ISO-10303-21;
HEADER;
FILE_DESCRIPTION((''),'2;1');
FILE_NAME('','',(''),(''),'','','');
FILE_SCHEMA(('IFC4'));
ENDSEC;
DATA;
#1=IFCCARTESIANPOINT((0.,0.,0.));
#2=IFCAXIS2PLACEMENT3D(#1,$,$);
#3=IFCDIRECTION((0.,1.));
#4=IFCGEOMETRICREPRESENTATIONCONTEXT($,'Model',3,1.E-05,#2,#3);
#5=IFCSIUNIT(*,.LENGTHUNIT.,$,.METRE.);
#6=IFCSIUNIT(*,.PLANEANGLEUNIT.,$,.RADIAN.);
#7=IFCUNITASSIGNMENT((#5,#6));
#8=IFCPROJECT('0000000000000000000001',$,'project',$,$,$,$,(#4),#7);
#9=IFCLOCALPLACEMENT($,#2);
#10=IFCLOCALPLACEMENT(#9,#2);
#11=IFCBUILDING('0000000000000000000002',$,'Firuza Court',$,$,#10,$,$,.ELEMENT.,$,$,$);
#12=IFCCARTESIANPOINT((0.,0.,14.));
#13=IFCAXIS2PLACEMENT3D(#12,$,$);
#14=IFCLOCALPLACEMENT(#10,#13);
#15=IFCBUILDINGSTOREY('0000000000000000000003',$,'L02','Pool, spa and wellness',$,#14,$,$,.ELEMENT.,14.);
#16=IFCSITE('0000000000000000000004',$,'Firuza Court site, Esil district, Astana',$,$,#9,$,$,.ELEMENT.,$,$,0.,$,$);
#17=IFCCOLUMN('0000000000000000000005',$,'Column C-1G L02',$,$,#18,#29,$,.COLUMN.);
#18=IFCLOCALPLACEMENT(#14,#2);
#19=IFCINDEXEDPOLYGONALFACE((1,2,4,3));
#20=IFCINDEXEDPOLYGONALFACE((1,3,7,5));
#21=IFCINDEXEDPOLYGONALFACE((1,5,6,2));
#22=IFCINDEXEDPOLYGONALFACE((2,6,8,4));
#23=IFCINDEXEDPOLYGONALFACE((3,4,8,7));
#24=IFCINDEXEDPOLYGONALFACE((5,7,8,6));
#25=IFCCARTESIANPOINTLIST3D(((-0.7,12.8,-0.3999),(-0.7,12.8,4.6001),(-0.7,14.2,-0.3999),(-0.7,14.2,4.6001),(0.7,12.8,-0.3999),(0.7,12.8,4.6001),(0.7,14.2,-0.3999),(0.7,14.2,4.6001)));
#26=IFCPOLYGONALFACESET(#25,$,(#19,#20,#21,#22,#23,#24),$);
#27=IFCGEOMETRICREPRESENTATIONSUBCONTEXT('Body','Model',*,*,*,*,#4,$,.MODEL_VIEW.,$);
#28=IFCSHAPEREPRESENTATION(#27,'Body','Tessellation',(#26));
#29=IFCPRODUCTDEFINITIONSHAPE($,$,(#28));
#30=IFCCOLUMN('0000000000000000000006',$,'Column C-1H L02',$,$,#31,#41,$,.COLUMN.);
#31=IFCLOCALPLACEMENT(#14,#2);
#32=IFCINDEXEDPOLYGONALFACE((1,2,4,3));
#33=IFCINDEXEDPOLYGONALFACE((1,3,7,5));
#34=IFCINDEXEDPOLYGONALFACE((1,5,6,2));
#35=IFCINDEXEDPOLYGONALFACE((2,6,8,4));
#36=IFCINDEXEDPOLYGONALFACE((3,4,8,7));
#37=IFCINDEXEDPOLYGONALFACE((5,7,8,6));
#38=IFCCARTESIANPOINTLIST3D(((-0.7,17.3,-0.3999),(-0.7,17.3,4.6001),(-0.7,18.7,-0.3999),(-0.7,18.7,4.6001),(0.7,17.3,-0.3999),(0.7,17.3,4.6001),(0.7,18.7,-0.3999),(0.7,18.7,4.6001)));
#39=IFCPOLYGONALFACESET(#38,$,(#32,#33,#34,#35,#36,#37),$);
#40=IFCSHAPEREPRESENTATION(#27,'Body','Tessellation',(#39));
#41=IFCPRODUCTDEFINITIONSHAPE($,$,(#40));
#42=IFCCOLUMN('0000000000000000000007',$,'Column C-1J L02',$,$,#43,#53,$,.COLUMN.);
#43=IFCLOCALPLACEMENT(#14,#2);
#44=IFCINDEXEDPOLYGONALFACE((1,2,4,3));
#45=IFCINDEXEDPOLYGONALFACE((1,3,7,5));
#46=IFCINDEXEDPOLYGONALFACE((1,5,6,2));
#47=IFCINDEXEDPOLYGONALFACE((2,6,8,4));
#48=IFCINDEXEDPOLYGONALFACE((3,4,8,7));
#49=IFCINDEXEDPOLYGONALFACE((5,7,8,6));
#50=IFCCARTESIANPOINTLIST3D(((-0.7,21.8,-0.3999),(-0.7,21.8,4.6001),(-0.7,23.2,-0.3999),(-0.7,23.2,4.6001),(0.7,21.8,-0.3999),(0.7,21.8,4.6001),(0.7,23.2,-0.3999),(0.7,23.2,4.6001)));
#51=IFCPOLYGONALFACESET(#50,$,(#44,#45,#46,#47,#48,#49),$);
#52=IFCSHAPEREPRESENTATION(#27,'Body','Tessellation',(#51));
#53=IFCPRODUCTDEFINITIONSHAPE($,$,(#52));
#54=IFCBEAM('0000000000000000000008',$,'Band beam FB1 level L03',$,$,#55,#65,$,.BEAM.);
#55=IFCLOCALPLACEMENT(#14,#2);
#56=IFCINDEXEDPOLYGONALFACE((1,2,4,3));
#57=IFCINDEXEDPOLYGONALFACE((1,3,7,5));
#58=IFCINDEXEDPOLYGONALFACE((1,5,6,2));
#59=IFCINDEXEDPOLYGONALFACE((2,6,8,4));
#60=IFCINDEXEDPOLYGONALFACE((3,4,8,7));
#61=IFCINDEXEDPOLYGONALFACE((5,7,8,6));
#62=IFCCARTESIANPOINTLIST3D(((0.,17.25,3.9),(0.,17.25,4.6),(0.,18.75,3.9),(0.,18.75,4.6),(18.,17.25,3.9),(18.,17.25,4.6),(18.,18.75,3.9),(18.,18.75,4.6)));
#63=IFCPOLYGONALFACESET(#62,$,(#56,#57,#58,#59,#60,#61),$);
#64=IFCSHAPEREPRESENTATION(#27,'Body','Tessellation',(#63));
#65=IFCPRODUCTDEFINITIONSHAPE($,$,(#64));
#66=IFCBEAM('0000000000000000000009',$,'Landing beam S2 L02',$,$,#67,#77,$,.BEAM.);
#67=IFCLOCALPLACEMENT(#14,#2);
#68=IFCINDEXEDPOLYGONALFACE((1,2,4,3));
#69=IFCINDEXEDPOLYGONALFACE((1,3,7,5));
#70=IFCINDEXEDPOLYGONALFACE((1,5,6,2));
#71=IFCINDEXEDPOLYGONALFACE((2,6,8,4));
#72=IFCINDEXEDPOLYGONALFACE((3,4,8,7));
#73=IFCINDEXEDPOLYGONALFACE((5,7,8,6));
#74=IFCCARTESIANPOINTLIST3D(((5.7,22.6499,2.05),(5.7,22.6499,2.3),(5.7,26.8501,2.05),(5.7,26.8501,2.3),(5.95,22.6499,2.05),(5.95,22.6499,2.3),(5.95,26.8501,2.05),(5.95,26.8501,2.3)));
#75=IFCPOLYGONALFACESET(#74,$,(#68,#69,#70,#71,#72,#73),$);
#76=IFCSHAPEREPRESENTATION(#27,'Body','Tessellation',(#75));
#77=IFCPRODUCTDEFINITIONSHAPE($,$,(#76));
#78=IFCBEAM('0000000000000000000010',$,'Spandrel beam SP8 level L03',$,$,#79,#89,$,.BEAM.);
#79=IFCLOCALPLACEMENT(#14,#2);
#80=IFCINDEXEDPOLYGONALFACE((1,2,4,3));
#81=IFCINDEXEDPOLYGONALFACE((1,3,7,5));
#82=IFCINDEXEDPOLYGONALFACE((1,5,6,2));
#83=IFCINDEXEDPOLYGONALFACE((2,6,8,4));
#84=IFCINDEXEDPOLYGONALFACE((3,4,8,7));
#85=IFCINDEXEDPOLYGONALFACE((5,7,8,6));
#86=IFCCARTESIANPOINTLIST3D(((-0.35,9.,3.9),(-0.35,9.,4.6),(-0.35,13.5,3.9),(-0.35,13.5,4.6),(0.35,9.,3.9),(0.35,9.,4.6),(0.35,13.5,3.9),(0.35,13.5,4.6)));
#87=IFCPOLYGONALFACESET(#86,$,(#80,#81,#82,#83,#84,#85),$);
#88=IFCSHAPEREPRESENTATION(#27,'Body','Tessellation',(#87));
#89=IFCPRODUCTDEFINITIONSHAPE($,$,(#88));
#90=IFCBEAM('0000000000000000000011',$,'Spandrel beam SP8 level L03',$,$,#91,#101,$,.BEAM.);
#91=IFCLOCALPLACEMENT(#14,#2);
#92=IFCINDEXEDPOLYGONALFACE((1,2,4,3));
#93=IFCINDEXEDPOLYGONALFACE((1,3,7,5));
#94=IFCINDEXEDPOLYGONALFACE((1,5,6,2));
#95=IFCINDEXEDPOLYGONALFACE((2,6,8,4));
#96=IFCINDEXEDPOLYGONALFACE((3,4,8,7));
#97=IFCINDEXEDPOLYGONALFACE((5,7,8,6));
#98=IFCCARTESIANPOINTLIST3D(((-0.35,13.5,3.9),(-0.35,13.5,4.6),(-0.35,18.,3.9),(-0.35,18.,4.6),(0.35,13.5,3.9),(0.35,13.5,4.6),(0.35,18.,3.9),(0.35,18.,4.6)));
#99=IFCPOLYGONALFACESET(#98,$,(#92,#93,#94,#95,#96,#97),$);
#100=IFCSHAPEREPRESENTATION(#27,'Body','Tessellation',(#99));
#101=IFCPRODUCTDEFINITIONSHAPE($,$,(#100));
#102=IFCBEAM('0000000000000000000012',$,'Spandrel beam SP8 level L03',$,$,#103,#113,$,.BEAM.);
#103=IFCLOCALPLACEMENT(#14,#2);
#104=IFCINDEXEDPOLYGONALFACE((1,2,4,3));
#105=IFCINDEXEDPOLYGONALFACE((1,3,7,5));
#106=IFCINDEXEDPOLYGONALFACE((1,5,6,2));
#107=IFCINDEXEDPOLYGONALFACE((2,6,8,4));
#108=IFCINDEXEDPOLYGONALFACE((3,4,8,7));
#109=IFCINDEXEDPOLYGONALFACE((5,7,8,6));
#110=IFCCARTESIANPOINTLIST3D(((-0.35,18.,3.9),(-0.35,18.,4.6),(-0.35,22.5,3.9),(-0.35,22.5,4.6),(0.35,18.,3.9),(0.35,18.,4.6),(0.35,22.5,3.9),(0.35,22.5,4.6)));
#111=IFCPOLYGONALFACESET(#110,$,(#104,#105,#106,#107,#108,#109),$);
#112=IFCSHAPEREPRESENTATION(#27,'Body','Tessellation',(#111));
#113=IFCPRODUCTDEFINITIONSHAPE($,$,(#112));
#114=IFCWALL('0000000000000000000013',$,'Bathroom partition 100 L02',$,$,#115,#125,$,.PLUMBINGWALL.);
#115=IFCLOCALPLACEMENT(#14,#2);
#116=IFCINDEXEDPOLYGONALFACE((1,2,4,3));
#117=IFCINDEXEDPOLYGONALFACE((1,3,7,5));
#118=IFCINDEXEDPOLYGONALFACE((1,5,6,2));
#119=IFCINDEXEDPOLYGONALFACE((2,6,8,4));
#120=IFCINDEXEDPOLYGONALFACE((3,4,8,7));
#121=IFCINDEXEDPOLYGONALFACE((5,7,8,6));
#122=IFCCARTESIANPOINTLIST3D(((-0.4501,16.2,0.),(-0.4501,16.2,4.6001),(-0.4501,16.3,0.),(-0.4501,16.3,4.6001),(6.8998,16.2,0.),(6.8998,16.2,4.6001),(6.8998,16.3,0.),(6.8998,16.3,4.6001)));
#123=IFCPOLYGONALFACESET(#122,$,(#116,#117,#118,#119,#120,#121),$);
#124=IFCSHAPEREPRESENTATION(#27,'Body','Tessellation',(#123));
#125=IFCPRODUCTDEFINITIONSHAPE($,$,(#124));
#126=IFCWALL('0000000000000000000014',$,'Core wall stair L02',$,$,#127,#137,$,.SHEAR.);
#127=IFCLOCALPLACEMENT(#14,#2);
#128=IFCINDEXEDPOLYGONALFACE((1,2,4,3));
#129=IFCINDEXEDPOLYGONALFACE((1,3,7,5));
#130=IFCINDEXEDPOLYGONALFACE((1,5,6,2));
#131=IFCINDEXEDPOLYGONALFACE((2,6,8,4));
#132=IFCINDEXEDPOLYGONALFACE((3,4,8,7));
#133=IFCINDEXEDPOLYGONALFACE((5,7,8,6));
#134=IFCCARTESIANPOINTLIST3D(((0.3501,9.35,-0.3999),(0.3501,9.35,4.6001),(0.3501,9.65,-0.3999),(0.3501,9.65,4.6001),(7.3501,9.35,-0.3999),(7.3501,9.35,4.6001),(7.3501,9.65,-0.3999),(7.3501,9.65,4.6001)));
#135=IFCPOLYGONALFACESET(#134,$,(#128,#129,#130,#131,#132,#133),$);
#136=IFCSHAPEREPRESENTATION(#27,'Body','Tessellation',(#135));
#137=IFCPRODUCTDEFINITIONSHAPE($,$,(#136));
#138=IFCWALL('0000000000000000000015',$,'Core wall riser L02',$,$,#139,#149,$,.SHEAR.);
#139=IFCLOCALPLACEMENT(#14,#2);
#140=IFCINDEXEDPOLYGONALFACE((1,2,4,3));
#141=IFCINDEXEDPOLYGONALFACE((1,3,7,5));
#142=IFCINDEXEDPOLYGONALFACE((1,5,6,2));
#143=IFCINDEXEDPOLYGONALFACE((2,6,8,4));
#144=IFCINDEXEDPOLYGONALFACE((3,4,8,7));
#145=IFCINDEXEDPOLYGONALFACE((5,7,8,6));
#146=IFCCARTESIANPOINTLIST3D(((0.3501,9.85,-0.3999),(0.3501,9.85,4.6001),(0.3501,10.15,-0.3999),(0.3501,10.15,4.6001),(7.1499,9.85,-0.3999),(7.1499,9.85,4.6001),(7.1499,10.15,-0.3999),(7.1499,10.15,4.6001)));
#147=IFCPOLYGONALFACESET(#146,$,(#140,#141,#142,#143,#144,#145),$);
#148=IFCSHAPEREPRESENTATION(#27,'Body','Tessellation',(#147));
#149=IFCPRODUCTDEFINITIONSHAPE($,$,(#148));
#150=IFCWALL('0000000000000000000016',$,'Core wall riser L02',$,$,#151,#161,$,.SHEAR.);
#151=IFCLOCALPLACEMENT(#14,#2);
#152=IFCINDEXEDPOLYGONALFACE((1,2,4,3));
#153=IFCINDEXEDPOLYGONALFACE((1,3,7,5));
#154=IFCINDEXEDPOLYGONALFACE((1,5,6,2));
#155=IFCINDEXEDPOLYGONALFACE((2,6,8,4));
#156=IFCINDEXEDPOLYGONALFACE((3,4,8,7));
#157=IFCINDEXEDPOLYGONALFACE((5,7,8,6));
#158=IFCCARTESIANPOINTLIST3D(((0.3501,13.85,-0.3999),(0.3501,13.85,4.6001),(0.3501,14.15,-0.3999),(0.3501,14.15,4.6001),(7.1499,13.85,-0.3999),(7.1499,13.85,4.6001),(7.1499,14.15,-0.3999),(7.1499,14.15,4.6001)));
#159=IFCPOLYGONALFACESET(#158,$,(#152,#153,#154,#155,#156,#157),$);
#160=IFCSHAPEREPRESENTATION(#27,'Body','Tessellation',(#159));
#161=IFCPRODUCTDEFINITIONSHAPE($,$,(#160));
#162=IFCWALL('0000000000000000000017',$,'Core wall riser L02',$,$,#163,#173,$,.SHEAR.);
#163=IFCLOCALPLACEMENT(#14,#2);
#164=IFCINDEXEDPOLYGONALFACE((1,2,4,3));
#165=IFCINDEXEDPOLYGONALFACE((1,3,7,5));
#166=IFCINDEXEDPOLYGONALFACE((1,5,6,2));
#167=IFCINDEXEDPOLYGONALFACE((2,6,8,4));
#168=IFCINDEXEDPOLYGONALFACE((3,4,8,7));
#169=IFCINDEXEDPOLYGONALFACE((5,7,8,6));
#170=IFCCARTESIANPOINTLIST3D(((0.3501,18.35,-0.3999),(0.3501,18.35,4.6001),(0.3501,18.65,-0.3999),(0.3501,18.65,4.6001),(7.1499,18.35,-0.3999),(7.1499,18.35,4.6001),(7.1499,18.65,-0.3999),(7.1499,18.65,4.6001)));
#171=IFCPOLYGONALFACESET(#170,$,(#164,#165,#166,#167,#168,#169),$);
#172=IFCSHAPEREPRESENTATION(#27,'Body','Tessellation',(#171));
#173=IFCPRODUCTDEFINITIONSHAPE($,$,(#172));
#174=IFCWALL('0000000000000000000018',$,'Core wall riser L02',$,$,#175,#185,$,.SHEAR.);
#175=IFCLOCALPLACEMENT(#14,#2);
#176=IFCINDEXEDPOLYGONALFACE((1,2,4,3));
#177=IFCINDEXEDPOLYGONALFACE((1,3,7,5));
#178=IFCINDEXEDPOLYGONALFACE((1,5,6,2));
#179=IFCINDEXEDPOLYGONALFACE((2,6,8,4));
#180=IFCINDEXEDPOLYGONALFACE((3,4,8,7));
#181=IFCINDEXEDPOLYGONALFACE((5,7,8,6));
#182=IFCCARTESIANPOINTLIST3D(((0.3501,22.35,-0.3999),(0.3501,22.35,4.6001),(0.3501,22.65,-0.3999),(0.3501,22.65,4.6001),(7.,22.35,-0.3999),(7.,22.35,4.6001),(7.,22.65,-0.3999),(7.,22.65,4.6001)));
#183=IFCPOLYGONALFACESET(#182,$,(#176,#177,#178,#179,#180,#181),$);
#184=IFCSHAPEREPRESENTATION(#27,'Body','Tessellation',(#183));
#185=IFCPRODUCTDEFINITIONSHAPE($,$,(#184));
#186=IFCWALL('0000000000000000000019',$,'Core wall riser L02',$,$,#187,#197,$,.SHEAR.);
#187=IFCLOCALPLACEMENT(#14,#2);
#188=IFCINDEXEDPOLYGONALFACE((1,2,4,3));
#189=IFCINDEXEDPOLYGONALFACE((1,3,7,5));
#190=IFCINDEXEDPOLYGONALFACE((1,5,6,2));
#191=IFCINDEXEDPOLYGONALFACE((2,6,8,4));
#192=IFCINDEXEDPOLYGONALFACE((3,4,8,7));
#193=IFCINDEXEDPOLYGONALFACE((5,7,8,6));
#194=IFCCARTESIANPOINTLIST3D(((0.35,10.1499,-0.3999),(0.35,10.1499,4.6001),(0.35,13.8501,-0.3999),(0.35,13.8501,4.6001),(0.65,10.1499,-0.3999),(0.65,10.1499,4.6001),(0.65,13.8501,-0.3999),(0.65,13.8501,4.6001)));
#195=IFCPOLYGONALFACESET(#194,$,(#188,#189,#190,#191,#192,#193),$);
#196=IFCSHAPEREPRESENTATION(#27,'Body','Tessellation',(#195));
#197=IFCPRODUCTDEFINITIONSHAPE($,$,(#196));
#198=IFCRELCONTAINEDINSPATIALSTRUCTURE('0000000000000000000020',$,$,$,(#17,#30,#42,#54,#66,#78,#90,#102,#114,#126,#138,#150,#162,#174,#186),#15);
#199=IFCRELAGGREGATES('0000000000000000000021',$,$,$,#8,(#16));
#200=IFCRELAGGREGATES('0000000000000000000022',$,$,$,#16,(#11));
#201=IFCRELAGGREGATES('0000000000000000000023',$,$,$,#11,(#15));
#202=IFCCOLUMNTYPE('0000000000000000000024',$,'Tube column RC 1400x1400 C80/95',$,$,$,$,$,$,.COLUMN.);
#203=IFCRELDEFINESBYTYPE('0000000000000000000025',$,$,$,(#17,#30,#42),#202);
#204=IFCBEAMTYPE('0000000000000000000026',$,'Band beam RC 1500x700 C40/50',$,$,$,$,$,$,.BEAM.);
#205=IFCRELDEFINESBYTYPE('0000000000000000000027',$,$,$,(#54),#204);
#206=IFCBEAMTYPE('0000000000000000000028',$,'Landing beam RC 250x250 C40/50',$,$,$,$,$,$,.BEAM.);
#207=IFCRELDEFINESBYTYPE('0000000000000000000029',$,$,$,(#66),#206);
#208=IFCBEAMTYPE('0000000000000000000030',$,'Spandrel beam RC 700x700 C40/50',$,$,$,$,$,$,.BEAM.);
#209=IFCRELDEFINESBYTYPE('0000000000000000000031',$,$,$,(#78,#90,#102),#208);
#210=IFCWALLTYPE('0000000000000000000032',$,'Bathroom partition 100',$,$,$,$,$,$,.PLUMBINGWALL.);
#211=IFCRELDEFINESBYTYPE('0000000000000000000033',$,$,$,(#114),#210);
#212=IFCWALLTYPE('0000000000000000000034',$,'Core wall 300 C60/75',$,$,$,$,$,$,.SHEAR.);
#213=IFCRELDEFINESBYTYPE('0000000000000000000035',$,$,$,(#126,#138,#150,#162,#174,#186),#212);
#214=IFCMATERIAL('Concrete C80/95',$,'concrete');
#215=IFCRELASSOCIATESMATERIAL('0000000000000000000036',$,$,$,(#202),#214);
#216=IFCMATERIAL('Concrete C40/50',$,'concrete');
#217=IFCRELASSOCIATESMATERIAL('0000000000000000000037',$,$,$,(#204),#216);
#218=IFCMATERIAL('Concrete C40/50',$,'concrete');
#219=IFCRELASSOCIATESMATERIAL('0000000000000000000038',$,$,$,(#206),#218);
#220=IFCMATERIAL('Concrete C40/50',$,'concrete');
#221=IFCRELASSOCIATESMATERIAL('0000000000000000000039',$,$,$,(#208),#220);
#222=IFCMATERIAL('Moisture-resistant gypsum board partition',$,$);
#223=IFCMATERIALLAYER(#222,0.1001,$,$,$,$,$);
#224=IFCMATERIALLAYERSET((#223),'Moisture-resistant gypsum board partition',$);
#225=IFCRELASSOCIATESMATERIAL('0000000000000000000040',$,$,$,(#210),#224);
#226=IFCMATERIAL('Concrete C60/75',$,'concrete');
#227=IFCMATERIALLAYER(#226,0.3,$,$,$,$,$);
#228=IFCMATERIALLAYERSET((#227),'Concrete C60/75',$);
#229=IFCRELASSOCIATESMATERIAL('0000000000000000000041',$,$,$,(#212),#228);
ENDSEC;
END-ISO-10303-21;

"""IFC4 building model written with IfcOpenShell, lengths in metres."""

from ifc_helpers import new_model, si_unit, direction, frame, frame_2d, origin, origin_2d, place, context, subcontext, project, spatial, rectangle, extrude, material, layer, layer_set, material_profile, profile_set, type_object, element, save


model = new_model("IFC4")

# Units and contexts
model_context = context("Model", 3, precision=1e-05, world=origin(), true_north=direction((0.0, 1.0)))
body_context = subcontext(model_context, "Body", "Model", "MODEL_VIEW")
ifc_project = project(units=[si_unit("LENGTHUNIT", "METRE"), si_unit("PLANEANGLEUNIT", "RADIAN")], contexts=[model_context])

# Site, building, storey
site_placement = place(None, origin())
site = spatial("IfcSite", under=ifc_project, at=site_placement, Name="Firuza Court site, Esil district, Astana", CompositionType="ELEMENT", RefElevation=0.0)
building_placement = place(site_placement, origin())
building = spatial("IfcBuilding", under=site, at=building_placement, Name="Firuza Court", CompositionType="ELEMENT")
storey_placement = place(building_placement, frame((0.0, 0.0, 14.0)))
storey = spatial("IfcBuildingStorey", under=building, at=storey_placement, Name="L02", Description="Pool, spa and wellness", CompositionType="ELEMENT", Elevation=14.0)

# Columns
ifc_material_1 = material(Name="Concrete C80/95", Category="concrete")
ifc_material_profile_1 = material_profile(ifc_material_1, rectangle(XDim=1.3999, YDim=1.3999, at=origin_2d()), Name="RC 1400x1400")
ifc_profile_set_1 = profile_set([ifc_material_profile_1], Name="Concrete C80/95")
column_type = type_object("IfcColumnType", Name="Tube column RC 1400x1400 C80/95", PredefinedType="COLUMN", material=ifc_profile_set_1)
for number, where, z_axis, x_axis, name in (
    (1, (0.0, 13.5, -0.3999), (0.0, 0.0, 1.0), (1.0, 0.0, 0.0), "Column C-1G L02"),
    (2, (0.0, 18.0, -0.3999), (0.0, 0.0, 1.0), (1.0, 0.0, 0.0), "Column C-1H L02"),
    (3, (0.0, 22.5, -0.3999), (0.0, 0.0, 1.0), (1.0, 0.0, 0.0), "Column C-1J L02"),
):
    element("IfcColumn", number, at=place(storey_placement, frame(where, z_axis=z_axis, x_axis=x_axis)), inside=storey, type_object=column_type, Name=name, PredefinedType="COLUMN", context=body_context, shape_type="SweptSolid", body=[
        extrude(rectangle(XDim=1.3999, YDim=1.3999, at=origin_2d()), origin(), (0.0, 0.0, 1.0), 5.0),
    ])

# Beams
ifc_material_2 = material(Name="Concrete C40/50", Category="concrete")
ifc_material_profile_2 = material_profile(ifc_material_2, rectangle(XDim=1.5, YDim=0.7, at=origin_2d()), Name="RC 1500x700")
ifc_profile_set_2 = profile_set([ifc_material_profile_2], Name="Concrete C40/50")
beam_type_1 = type_object("IfcBeamType", Name="Band beam RC 1500x700 C40/50", PredefinedType="BEAM", material=ifc_profile_set_2)
beam_1_placement = place(storey_placement, frame((0.0, 18.0, 4.25), z_axis=(1.0, 0.0, 0.0), x_axis=(0.0, 1.0, 0.0)))
element("IfcBeam", 4, at=beam_1_placement, inside=storey, type_object=beam_type_1, Name="Band beam FB1 level L03", PredefinedType="BEAM", context=body_context, shape_type="SweptSolid", body=[
    extrude(rectangle(XDim=1.5, YDim=0.7, at=origin_2d()), origin(), (0.0, 0.0, 1.0), 18.0),
])
ifc_material_3 = material(Name="Concrete C40/50", Category="concrete")
ifc_material_profile_3 = material_profile(ifc_material_3, rectangle(XDim=0.25, YDim=0.25, at=origin_2d()), Name="RC 250x250")
ifc_profile_set_3 = profile_set([ifc_material_profile_3], Name="Concrete C40/50")
beam_type_2 = type_object("IfcBeamType", Name="Landing beam RC 250x250 C40/50", PredefinedType="BEAM", material=ifc_profile_set_3)
beam_2_placement = place(storey_placement, frame((5.825, 22.6499, 2.175), z_axis=(0.0, 1.0, 0.0), x_axis=(-1.0, 0.0, 0.0)))
element("IfcBeam", 5, at=beam_2_placement, inside=storey, type_object=beam_type_2, Name="Landing beam S2 L02", PredefinedType="BEAM", context=body_context, shape_type="SweptSolid", body=[
    extrude(rectangle(XDim=0.25, YDim=0.25, at=origin_2d()), origin(), (0.0, 0.0, 1.0), 4.2002),
])
ifc_material_4 = material(Name="Concrete C40/50", Category="concrete")
ifc_material_profile_4 = material_profile(ifc_material_4, rectangle(XDim=0.7, YDim=0.7, at=origin_2d()), Name="RC 700x700")
ifc_profile_set_4 = profile_set([ifc_material_profile_4], Name="Concrete C40/50")
beam_type_3 = type_object("IfcBeamType", Name="Spandrel beam RC 700x700 C40/50", PredefinedType="BEAM", material=ifc_profile_set_4)
for number, where, z_axis, x_axis, name in (
    (6, (0.0, 13.5, 4.25), (0.0, -1.0, 0.0), (1.0, 0.0, 0.0), "Spandrel beam SP8 level L03"),
    (7, (0.0, 18.0, 4.25), (0.0, -1.0, 0.0), (1.0, 0.0, 0.0), "Spandrel beam SP8 level L03"),
    (8, (0.0, 22.5, 4.25), (0.0, -1.0, 0.0), (1.0, 0.0, 0.0), "Spandrel beam SP8 level L03"),
):
    element("IfcBeam", number, at=place(storey_placement, frame(where, z_axis=z_axis, x_axis=x_axis)), inside=storey, type_object=beam_type_3, Name=name, PredefinedType="BEAM", context=body_context, shape_type="SweptSolid", body=[
        extrude(rectangle(XDim=0.7, YDim=0.7, at=origin_2d()), origin(), (0.0, 0.0, 1.0), 4.5),
    ])

# Walls
ifc_material_5 = material(Name="Moisture-resistant gypsum board partition")
ifc_layer_1 = layer(ifc_material_5, 0.1001)
ifc_layer_set_1 = layer_set([ifc_layer_1], Name="Moisture-resistant gypsum board partition")
wall_type_1 = type_object("IfcWallType", Name="Bathroom partition 100", PredefinedType="PLUMBINGWALL", material=ifc_layer_set_1)
wall_1_placement = place(storey_placement, frame((-0.45, 16.25, 0.0), z_axis=(0.0, 0.0, 1.0), x_axis=(1.0, 0.0, 0.0)))
element("IfcWall", 9, at=wall_1_placement, inside=storey, type_object=wall_type_1, Name="Bathroom partition 100 L02", PredefinedType="PLUMBINGWALL", context=body_context, shape_type="SweptSolid", body=[
    extrude(rectangle(XDim=7.3499, YDim=0.1001, at=frame_2d((3.6748, 0.0))), origin(), (0.0, 0.0, 1.0), 4.6001),
])
ifc_material_6 = material(Name="Concrete C60/75", Category="concrete")
ifc_layer_2 = layer(ifc_material_6, 0.3)
ifc_layer_set_2 = layer_set([ifc_layer_2], Name="Concrete C60/75")
wall_type_2 = type_object("IfcWallType", Name="Core wall 300 C60/75", PredefinedType="SHEAR", material=ifc_layer_set_2)
wall_2_placement = place(storey_placement, frame((0.3501, 9.5, -0.3999), z_axis=(0.0, 0.0, 1.0), x_axis=(1.0, 0.0, 0.0)))
element("IfcWall", 10, at=wall_2_placement, inside=storey, type_object=wall_type_2, Name="Core wall stair L02", PredefinedType="SHEAR", context=body_context, shape_type="SweptSolid", body=[
    extrude(rectangle(XDim=7.0, YDim=0.3, at=frame_2d((3.5, 0.0))), origin(), (0.0, 0.0, 1.0), 5.0),
])
for number, where, z_axis, x_axis, name in (
    (11, (0.3501, 10.0, -0.3999), (0.0, 0.0, 1.0), (1.0, 0.0, 0.0), "Core wall riser L02"),
    (12, (0.3501, 14.0, -0.3999), (0.0, 0.0, 1.0), (1.0, 0.0, 0.0), "Core wall riser L02"),
    (13, (0.3501, 18.5, -0.3999), (0.0, 0.0, 1.0), (1.0, 0.0, 0.0), "Core wall riser L02"),
):
    element("IfcWall", number, at=place(storey_placement, frame(where, z_axis=z_axis, x_axis=x_axis)), inside=storey, type_object=wall_type_2, Name=name, PredefinedType="SHEAR", context=body_context, shape_type="SweptSolid", body=[
        extrude(rectangle(XDim=6.7998, YDim=0.3, at=frame_2d((3.3999, 0.0))), origin(), (0.0, 0.0, 1.0), 5.0),
    ])
wall_3_placement = place(storey_placement, frame((0.3501, 22.5, -0.3999), z_axis=(0.0, 0.0, 1.0), x_axis=(1.0, 0.0, 0.0)))
element("IfcWall", 14, at=wall_3_placement, inside=storey, type_object=wall_type_2, Name="Core wall riser L02", PredefinedType="SHEAR", context=body_context, shape_type="SweptSolid", body=[
    extrude(rectangle(XDim=6.6499, YDim=0.3, at=frame_2d((3.325, 0.0))), origin(), (0.0, 0.0, 1.0), 5.0),
])
for number, where, z_axis, x_axis, name in (
    (15, (0.5, 10.1499, -0.3999), (0.0, 0.0, 1.0), (0.0, 1.0, 0.0), "Core wall riser L02"),
):
    element("IfcWall", number, at=place(storey_placement, frame(where, z_axis=z_axis, x_axis=x_axis)), inside=storey, type_object=wall_type_2, Name=name, PredefinedType="SHEAR", context=body_context, shape_type="SweptSolid", body=[
        extrude(rectangle(XDim=3.7002, YDim=0.3, at=frame_2d((1.8501, 0.0))), origin(), (0.0, 0.0, 1.0), 5.0),
    ])

save(model, "model.ifc")
